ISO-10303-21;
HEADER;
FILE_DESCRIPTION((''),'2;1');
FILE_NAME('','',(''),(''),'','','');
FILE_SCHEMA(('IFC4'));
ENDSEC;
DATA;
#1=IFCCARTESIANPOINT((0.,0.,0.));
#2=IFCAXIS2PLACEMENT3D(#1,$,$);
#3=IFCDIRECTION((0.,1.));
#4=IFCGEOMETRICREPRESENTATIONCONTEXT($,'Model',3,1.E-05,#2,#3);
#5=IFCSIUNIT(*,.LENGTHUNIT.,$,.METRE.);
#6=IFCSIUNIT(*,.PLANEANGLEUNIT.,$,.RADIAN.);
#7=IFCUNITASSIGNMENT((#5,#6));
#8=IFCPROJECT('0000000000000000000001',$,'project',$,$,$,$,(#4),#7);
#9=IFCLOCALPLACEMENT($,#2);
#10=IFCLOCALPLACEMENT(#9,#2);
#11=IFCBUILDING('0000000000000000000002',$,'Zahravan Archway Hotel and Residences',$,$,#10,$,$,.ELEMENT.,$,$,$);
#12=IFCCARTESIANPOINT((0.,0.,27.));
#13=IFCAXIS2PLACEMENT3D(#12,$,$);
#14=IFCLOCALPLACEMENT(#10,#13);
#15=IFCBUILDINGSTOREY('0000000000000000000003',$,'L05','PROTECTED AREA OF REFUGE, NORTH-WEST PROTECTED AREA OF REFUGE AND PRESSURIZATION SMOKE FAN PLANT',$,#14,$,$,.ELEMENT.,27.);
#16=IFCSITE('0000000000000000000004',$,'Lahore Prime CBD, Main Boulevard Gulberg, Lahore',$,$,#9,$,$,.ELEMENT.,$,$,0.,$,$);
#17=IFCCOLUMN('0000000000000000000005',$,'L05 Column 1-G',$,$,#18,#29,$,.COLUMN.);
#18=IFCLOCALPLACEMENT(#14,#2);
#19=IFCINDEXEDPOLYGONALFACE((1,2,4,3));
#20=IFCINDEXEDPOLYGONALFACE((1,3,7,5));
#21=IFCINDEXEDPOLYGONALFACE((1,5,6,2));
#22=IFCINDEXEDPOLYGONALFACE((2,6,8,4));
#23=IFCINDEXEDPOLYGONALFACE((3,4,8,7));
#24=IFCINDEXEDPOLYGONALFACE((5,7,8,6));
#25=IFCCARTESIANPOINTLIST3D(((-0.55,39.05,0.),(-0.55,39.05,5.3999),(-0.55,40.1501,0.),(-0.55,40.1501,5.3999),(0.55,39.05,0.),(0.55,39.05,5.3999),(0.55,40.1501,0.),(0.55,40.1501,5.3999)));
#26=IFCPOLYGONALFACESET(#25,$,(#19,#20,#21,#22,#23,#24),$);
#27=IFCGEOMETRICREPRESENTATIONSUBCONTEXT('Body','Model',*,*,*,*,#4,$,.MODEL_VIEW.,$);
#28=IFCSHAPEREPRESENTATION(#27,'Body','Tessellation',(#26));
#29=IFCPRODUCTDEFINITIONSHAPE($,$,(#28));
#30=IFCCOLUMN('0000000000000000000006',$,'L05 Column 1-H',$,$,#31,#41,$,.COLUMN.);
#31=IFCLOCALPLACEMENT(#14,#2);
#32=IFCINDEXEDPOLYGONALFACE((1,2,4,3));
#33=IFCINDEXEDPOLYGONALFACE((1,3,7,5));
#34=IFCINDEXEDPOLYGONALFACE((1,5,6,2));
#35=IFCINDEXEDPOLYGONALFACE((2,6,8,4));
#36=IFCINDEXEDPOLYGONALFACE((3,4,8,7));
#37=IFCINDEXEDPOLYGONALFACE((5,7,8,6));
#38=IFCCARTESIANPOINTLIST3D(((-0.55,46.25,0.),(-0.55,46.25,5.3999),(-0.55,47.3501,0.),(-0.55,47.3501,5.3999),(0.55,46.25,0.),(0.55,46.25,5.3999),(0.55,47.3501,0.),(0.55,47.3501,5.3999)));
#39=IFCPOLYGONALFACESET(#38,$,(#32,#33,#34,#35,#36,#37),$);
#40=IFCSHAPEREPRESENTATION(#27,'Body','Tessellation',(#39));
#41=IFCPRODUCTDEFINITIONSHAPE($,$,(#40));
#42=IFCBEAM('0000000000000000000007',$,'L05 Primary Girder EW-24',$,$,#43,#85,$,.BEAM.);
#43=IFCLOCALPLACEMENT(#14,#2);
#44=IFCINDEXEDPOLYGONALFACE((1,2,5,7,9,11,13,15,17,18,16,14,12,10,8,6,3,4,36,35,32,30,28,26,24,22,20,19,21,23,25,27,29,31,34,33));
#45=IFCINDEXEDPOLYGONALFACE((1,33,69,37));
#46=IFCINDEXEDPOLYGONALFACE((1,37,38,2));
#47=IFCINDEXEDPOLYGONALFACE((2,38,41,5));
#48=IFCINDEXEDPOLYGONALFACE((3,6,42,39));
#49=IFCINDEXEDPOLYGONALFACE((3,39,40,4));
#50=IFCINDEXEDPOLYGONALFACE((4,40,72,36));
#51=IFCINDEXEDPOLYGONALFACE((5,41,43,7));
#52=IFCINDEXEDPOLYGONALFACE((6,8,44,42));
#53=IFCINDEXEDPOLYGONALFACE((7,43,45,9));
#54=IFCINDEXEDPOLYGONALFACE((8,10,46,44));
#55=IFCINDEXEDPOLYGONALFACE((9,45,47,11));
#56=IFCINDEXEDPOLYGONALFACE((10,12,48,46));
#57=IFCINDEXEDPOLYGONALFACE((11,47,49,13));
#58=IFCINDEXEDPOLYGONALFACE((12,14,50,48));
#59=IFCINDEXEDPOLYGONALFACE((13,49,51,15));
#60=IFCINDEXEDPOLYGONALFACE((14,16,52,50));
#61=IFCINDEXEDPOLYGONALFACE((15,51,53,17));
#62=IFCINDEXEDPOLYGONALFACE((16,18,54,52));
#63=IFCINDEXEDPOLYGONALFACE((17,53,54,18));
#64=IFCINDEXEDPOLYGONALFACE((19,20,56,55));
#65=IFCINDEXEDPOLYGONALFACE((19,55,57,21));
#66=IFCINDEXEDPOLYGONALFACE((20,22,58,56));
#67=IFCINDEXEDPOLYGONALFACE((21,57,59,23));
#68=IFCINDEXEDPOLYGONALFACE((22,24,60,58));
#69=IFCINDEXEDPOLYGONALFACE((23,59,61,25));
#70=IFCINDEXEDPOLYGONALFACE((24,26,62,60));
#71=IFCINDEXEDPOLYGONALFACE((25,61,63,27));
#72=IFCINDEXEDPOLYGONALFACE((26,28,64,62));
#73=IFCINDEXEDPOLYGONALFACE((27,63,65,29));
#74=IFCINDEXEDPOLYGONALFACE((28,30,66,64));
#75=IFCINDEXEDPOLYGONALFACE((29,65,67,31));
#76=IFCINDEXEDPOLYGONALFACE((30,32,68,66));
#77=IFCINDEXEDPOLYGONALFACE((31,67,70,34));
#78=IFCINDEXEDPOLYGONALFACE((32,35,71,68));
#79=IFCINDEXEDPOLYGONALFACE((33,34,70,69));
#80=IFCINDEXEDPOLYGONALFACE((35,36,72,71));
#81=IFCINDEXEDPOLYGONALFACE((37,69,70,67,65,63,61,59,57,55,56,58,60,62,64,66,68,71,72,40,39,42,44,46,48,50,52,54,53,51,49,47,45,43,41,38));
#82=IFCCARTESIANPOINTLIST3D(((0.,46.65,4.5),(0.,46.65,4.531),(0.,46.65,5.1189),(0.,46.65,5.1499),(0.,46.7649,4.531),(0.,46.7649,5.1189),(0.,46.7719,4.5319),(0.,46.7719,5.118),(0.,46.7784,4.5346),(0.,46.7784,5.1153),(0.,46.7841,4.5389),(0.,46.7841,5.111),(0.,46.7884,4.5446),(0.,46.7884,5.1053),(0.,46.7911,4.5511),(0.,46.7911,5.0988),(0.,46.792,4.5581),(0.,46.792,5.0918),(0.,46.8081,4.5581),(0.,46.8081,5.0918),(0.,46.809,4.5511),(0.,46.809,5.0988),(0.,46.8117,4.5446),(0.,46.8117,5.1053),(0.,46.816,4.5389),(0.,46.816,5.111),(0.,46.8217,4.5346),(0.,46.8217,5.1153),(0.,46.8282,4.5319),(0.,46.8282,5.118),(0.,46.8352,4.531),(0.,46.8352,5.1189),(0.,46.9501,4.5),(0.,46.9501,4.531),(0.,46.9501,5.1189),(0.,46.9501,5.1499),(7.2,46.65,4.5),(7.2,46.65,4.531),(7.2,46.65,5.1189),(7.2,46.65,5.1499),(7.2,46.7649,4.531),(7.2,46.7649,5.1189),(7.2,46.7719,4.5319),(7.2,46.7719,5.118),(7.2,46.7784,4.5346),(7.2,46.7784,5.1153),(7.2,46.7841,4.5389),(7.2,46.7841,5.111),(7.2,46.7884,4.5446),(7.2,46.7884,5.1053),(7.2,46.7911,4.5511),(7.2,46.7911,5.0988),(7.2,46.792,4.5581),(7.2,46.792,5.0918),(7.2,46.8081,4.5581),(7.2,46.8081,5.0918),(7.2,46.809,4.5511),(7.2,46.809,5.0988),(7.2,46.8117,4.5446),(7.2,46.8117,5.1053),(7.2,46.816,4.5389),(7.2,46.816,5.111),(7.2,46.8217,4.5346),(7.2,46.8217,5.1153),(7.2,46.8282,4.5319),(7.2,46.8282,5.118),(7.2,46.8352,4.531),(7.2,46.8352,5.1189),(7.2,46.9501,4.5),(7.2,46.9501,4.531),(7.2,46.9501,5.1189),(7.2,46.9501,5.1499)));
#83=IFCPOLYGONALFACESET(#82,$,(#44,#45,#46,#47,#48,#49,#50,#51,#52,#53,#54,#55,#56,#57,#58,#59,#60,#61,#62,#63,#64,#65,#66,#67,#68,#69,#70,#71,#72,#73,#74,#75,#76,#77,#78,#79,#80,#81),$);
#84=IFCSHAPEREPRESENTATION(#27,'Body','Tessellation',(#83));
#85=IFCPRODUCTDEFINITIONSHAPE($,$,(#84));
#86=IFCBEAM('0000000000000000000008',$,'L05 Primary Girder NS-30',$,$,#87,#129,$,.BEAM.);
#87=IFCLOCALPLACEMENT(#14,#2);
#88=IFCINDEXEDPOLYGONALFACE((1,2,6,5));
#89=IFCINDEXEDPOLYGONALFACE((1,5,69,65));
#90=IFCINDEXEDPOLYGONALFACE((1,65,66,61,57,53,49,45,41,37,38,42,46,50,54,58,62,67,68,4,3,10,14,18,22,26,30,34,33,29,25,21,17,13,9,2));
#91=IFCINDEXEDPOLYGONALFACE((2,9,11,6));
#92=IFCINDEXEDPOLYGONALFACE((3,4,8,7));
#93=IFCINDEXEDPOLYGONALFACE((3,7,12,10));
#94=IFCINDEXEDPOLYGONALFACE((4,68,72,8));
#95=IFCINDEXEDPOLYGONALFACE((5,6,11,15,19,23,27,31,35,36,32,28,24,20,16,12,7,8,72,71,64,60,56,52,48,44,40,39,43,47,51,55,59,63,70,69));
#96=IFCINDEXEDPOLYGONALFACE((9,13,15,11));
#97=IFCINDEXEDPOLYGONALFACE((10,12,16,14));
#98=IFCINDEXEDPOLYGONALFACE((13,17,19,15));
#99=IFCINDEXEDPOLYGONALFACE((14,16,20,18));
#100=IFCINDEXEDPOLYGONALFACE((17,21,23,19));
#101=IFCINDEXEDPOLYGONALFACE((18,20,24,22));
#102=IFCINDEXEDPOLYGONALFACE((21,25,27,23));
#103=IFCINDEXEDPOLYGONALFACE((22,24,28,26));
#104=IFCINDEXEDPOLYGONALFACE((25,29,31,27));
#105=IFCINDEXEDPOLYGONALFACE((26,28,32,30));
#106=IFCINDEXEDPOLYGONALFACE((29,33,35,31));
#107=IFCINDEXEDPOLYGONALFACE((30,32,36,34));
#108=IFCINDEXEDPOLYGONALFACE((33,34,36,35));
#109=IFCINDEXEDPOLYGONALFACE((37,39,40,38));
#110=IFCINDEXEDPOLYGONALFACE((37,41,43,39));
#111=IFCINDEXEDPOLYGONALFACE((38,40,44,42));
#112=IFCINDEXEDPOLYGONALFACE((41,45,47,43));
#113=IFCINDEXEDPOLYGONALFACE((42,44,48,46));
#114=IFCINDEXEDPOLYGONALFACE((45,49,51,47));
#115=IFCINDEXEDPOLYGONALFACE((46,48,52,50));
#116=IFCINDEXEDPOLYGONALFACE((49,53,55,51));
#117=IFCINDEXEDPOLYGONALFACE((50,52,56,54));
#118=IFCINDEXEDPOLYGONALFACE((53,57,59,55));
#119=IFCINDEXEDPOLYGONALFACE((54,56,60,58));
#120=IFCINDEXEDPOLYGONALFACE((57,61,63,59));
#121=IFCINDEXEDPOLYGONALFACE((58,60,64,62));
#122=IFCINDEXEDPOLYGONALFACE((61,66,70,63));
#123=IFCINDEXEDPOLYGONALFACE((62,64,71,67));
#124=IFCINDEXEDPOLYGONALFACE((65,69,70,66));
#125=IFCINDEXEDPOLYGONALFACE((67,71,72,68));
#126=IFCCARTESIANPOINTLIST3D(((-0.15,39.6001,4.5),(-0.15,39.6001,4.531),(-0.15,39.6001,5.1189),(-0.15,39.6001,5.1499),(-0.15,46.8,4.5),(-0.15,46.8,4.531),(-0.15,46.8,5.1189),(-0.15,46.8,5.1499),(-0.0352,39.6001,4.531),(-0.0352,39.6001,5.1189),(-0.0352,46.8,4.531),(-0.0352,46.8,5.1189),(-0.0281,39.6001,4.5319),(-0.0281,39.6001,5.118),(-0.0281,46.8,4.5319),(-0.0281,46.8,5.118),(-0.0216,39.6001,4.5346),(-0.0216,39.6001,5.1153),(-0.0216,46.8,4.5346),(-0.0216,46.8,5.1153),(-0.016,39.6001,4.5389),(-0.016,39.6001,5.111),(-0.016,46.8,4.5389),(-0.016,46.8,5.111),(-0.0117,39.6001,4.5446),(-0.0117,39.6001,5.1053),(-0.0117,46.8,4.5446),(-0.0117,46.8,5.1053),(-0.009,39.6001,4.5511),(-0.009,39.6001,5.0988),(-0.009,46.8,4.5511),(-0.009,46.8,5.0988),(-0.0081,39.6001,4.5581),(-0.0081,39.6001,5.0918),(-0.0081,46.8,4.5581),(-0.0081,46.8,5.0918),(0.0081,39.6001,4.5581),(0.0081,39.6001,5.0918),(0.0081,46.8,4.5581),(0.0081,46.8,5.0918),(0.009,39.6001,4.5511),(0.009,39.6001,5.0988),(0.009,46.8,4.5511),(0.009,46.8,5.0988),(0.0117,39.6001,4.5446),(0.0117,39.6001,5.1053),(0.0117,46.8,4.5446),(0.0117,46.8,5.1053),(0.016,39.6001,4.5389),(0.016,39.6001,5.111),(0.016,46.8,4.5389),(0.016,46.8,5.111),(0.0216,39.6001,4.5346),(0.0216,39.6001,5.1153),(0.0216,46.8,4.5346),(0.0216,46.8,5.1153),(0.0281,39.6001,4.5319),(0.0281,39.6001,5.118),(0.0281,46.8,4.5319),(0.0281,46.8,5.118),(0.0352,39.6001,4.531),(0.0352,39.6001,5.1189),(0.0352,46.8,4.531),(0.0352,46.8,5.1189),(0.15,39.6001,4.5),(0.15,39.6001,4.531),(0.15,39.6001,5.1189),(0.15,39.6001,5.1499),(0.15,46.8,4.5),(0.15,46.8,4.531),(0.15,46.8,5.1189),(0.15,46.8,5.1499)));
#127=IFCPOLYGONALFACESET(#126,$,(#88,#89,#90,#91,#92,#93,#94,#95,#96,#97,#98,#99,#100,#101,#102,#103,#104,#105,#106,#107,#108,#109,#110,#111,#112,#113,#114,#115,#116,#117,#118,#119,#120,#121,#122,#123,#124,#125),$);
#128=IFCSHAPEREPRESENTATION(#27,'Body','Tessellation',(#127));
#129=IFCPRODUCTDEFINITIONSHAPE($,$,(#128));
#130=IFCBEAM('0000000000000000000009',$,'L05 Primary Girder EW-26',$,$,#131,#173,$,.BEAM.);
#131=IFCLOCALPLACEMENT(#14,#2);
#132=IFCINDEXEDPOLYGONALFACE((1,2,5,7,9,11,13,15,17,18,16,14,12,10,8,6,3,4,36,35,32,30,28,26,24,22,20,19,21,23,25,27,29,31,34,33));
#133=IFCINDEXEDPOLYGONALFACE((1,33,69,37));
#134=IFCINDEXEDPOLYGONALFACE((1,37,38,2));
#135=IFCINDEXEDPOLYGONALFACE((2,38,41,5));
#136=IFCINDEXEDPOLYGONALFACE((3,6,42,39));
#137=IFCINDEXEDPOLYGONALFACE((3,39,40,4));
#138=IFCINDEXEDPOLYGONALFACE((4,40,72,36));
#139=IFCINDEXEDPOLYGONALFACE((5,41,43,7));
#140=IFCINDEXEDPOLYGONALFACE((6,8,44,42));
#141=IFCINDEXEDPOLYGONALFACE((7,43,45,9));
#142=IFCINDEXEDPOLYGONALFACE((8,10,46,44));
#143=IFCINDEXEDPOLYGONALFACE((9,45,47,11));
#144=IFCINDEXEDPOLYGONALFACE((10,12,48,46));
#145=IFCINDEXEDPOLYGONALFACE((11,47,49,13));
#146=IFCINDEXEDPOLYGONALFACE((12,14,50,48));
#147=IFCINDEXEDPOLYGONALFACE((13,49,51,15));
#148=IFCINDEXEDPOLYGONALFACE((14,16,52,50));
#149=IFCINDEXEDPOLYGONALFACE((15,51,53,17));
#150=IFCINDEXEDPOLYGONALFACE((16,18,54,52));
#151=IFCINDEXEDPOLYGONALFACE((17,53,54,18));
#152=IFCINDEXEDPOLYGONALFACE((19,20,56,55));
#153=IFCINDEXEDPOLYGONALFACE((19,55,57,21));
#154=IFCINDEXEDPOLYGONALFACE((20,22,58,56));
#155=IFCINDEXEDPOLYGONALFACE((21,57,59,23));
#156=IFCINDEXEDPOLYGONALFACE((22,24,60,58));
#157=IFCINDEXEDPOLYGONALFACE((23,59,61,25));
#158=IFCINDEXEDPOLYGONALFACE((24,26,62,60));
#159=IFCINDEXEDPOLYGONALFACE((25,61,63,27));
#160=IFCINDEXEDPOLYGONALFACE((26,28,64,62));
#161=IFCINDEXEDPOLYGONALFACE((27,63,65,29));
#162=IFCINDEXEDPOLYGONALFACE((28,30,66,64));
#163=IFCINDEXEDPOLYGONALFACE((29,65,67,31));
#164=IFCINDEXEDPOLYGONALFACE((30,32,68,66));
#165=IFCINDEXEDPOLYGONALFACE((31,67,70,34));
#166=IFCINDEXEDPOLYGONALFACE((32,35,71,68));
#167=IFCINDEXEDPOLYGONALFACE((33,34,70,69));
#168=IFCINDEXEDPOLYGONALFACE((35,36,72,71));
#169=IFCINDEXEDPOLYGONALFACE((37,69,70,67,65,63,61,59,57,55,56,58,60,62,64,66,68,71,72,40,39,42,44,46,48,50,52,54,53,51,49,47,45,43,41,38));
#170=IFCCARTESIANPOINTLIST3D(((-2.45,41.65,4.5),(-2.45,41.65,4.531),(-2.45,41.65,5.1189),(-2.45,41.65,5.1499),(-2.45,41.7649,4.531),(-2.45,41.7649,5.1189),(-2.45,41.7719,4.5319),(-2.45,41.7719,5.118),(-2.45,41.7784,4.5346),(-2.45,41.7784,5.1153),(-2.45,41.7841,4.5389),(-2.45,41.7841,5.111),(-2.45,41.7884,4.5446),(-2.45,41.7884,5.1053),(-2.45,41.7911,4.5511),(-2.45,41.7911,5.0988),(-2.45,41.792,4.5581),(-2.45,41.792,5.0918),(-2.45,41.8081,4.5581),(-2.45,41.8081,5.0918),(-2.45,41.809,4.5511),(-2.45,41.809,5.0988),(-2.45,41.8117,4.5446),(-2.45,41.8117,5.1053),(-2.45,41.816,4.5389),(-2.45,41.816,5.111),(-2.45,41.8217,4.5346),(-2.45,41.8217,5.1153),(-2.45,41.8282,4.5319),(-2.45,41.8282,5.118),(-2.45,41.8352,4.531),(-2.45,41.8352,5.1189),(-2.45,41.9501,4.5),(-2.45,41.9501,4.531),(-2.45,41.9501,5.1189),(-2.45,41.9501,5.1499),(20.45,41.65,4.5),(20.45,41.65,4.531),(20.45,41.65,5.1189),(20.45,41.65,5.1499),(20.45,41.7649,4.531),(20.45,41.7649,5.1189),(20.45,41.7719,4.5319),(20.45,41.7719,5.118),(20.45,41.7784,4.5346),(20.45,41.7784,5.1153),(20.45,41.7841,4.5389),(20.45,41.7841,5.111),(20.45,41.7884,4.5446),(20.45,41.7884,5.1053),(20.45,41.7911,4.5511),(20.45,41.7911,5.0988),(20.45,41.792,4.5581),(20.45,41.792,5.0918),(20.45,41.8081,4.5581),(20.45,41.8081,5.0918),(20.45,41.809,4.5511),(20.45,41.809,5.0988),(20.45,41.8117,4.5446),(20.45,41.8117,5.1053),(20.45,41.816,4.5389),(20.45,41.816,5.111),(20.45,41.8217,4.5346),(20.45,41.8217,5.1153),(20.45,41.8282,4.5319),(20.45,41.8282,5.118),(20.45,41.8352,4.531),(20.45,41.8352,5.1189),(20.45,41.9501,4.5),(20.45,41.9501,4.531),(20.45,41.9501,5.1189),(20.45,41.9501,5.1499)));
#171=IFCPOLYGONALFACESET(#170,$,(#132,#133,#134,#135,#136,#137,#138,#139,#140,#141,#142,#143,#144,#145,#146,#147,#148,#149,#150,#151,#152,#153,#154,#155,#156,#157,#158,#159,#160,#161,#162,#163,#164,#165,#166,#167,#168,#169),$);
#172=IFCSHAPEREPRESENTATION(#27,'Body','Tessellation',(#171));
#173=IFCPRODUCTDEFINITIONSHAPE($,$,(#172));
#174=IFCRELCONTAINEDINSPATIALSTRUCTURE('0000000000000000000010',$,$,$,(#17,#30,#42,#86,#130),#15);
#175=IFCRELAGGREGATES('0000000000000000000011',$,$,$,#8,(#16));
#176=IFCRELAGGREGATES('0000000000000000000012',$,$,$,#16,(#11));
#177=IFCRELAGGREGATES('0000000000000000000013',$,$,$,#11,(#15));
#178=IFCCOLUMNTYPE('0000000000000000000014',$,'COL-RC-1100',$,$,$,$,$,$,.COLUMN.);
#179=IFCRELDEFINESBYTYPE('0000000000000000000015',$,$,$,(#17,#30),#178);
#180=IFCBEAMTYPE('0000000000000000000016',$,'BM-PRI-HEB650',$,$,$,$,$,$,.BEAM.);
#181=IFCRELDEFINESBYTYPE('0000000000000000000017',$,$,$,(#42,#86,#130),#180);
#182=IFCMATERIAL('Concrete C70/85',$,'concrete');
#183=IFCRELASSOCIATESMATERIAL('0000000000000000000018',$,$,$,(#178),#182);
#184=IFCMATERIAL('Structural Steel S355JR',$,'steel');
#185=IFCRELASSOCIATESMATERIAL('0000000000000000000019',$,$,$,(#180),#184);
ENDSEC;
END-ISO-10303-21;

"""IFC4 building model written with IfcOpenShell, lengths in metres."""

from ifc_helpers import new_model, si_unit, direction, frame, origin, origin_2d, place, context, subcontext, project, spatial, rectangle, i_section, extrude, source, transform, mapped, material, material_profile, profile_set, type_object, element, save


model = new_model("IFC4")

# Units and contexts
model_context = context("Model", 3, precision=1e-05, world=origin(), true_north=direction((0.0, 1.0)))
body_context = subcontext(model_context, "Body", "Model", "MODEL_VIEW")
ifc_project = project(units=[si_unit("LENGTHUNIT", "METRE"), si_unit("PLANEANGLEUNIT", "RADIAN")], contexts=[model_context])

# Site, building, storey
site_placement = place(None, origin())
site = spatial("IfcSite", under=ifc_project, at=site_placement, Name="Lahore Prime CBD, Main Boulevard Gulberg, Lahore", CompositionType="ELEMENT", RefElevation=0.0)
building_placement = place(site_placement, origin())
building = spatial("IfcBuilding", under=site, at=building_placement, Name="Zahravan Archway Hotel and Residences", CompositionType="ELEMENT")
storey_placement = place(building_placement, frame((0.0, 0.0, 27.0)))
storey = spatial("IfcBuildingStorey", under=building, at=storey_placement, Name="L05", Description="PROTECTED AREA OF REFUGE, NORTH-WEST PROTECTED AREA OF REFUGE AND PRESSURIZATION SMOKE FAN PLANT", CompositionType="ELEMENT", Elevation=27.0)

# Columns
ifc_material_1 = material(Name="Concrete C70/85", Category="concrete")
ifc_material_profile_1 = material_profile(ifc_material_1, rectangle(XDim=1.1001, YDim=1.1001, at=origin_2d()), Name="RC 1100x1100", Category="concrete")
ifc_profile_set_1 = profile_set([ifc_material_profile_1], Name="Concrete C70/85")
column_type = type_object("IfcColumnType", Name="COL-RC-1100", PredefinedType="COLUMN", material=ifc_profile_set_1)
shared_shape_1 = source(origin(), body_context, "Body", "SweptSolid", [
    extrude(rectangle(XDim=1.1001, YDim=1.1001, at=origin_2d()), origin(), (0.0, 0.0, 1.0), 5.3999),
])
for number, where, z_axis, x_axis, name in (
    (1, (0.0, 39.6001, 0.0), (0.0, 0.0, 1.0), (1.0, 0.0, 0.0), "L05 Column 1-G"),
    (2, (0.0, 46.8, 0.0), (0.0, 0.0, 1.0), (1.0, 0.0, 0.0), "L05 Column 1-H"),
):
    element("IfcColumn", number, at=place(storey_placement, frame(where, z_axis=z_axis, x_axis=x_axis)), inside=storey, type_object=column_type, Name=name, PredefinedType="COLUMN", context=body_context, shape_type="MappedRepresentation", body=[
        mapped(shared_shape_1, transform((0.0, 0.0, 0.0), scale=1.0)),
    ])

# Beams
ifc_material_2 = material(Name="Structural Steel S355JR", Category="steel")
ifc_material_profile_2 = material_profile(ifc_material_2, i_section(OverallWidth=0.3, OverallDepth=0.6499, WebThickness=0.0161, FlangeThickness=0.031, FilletRadius=0.0271, at=origin_2d()), Name="HEB 650", Category="steel")
ifc_profile_set_2 = profile_set([ifc_material_profile_2], Name="Structural Steel S355JR")
beam_type_1 = type_object("IfcBeamType", Name="BM-PRI-HEB650", PredefinedType="BEAM", material=ifc_profile_set_2)
shared_shape_2 = source(origin(), body_context, "Body", "SweptSolid", [
    extrude(i_section(OverallWidth=0.3, OverallDepth=0.6499, WebThickness=0.0161, FlangeThickness=0.031, FilletRadius=0.0271, at=origin_2d()), origin(), (0.0, 0.0, 1.0), 7.2),
])
for number, where, z_axis, x_axis, name in (
    (3, (0.0, 46.8, 4.825), (1.0, 0.0, 0.0), (0.0, 1.0, 0.0), "L05 Primary Girder EW-24"),
    (4, (0.0, 39.6001, 4.825), (0.0, 1.0, 0.0), (-1.0, 0.0, 0.0), "L05 Primary Girder NS-30"),
):
    element("IfcBeam", number, at=place(storey_placement, frame(where, z_axis=z_axis, x_axis=x_axis)), inside=storey, type_object=beam_type_1, Name=name, PredefinedType="BEAM", context=body_context, shape_type="MappedRepresentation", body=[
        mapped(shared_shape_2, transform((0.0, 0.0, 0.0), scale=1.0)),
    ])
shared_shape_3 = source(origin(), body_context, "Body", "SweptSolid", [
    extrude(i_section(OverallWidth=0.3, OverallDepth=0.6499, WebThickness=0.0161, FlangeThickness=0.031, FilletRadius=0.0271, at=origin_2d()), origin(), (0.0, 0.0, 1.0), 22.8999),
])
for number, where, z_axis, x_axis, name in (
    (5, (-2.45, 41.8, 4.825), (1.0, 0.0, 0.0), (0.0, 1.0, 0.0), "L05 Primary Girder EW-26"),
):
    element("IfcBeam", number, at=place(storey_placement, frame(where, z_axis=z_axis, x_axis=x_axis)), inside=storey, type_object=beam_type_1, Name=name, PredefinedType="BEAM", context=body_context, shape_type="MappedRepresentation", body=[
        mapped(shared_shape_3, transform((0.0, 0.0, 0.0), scale=1.0)),
    ])

save(model, "model.ifc")
